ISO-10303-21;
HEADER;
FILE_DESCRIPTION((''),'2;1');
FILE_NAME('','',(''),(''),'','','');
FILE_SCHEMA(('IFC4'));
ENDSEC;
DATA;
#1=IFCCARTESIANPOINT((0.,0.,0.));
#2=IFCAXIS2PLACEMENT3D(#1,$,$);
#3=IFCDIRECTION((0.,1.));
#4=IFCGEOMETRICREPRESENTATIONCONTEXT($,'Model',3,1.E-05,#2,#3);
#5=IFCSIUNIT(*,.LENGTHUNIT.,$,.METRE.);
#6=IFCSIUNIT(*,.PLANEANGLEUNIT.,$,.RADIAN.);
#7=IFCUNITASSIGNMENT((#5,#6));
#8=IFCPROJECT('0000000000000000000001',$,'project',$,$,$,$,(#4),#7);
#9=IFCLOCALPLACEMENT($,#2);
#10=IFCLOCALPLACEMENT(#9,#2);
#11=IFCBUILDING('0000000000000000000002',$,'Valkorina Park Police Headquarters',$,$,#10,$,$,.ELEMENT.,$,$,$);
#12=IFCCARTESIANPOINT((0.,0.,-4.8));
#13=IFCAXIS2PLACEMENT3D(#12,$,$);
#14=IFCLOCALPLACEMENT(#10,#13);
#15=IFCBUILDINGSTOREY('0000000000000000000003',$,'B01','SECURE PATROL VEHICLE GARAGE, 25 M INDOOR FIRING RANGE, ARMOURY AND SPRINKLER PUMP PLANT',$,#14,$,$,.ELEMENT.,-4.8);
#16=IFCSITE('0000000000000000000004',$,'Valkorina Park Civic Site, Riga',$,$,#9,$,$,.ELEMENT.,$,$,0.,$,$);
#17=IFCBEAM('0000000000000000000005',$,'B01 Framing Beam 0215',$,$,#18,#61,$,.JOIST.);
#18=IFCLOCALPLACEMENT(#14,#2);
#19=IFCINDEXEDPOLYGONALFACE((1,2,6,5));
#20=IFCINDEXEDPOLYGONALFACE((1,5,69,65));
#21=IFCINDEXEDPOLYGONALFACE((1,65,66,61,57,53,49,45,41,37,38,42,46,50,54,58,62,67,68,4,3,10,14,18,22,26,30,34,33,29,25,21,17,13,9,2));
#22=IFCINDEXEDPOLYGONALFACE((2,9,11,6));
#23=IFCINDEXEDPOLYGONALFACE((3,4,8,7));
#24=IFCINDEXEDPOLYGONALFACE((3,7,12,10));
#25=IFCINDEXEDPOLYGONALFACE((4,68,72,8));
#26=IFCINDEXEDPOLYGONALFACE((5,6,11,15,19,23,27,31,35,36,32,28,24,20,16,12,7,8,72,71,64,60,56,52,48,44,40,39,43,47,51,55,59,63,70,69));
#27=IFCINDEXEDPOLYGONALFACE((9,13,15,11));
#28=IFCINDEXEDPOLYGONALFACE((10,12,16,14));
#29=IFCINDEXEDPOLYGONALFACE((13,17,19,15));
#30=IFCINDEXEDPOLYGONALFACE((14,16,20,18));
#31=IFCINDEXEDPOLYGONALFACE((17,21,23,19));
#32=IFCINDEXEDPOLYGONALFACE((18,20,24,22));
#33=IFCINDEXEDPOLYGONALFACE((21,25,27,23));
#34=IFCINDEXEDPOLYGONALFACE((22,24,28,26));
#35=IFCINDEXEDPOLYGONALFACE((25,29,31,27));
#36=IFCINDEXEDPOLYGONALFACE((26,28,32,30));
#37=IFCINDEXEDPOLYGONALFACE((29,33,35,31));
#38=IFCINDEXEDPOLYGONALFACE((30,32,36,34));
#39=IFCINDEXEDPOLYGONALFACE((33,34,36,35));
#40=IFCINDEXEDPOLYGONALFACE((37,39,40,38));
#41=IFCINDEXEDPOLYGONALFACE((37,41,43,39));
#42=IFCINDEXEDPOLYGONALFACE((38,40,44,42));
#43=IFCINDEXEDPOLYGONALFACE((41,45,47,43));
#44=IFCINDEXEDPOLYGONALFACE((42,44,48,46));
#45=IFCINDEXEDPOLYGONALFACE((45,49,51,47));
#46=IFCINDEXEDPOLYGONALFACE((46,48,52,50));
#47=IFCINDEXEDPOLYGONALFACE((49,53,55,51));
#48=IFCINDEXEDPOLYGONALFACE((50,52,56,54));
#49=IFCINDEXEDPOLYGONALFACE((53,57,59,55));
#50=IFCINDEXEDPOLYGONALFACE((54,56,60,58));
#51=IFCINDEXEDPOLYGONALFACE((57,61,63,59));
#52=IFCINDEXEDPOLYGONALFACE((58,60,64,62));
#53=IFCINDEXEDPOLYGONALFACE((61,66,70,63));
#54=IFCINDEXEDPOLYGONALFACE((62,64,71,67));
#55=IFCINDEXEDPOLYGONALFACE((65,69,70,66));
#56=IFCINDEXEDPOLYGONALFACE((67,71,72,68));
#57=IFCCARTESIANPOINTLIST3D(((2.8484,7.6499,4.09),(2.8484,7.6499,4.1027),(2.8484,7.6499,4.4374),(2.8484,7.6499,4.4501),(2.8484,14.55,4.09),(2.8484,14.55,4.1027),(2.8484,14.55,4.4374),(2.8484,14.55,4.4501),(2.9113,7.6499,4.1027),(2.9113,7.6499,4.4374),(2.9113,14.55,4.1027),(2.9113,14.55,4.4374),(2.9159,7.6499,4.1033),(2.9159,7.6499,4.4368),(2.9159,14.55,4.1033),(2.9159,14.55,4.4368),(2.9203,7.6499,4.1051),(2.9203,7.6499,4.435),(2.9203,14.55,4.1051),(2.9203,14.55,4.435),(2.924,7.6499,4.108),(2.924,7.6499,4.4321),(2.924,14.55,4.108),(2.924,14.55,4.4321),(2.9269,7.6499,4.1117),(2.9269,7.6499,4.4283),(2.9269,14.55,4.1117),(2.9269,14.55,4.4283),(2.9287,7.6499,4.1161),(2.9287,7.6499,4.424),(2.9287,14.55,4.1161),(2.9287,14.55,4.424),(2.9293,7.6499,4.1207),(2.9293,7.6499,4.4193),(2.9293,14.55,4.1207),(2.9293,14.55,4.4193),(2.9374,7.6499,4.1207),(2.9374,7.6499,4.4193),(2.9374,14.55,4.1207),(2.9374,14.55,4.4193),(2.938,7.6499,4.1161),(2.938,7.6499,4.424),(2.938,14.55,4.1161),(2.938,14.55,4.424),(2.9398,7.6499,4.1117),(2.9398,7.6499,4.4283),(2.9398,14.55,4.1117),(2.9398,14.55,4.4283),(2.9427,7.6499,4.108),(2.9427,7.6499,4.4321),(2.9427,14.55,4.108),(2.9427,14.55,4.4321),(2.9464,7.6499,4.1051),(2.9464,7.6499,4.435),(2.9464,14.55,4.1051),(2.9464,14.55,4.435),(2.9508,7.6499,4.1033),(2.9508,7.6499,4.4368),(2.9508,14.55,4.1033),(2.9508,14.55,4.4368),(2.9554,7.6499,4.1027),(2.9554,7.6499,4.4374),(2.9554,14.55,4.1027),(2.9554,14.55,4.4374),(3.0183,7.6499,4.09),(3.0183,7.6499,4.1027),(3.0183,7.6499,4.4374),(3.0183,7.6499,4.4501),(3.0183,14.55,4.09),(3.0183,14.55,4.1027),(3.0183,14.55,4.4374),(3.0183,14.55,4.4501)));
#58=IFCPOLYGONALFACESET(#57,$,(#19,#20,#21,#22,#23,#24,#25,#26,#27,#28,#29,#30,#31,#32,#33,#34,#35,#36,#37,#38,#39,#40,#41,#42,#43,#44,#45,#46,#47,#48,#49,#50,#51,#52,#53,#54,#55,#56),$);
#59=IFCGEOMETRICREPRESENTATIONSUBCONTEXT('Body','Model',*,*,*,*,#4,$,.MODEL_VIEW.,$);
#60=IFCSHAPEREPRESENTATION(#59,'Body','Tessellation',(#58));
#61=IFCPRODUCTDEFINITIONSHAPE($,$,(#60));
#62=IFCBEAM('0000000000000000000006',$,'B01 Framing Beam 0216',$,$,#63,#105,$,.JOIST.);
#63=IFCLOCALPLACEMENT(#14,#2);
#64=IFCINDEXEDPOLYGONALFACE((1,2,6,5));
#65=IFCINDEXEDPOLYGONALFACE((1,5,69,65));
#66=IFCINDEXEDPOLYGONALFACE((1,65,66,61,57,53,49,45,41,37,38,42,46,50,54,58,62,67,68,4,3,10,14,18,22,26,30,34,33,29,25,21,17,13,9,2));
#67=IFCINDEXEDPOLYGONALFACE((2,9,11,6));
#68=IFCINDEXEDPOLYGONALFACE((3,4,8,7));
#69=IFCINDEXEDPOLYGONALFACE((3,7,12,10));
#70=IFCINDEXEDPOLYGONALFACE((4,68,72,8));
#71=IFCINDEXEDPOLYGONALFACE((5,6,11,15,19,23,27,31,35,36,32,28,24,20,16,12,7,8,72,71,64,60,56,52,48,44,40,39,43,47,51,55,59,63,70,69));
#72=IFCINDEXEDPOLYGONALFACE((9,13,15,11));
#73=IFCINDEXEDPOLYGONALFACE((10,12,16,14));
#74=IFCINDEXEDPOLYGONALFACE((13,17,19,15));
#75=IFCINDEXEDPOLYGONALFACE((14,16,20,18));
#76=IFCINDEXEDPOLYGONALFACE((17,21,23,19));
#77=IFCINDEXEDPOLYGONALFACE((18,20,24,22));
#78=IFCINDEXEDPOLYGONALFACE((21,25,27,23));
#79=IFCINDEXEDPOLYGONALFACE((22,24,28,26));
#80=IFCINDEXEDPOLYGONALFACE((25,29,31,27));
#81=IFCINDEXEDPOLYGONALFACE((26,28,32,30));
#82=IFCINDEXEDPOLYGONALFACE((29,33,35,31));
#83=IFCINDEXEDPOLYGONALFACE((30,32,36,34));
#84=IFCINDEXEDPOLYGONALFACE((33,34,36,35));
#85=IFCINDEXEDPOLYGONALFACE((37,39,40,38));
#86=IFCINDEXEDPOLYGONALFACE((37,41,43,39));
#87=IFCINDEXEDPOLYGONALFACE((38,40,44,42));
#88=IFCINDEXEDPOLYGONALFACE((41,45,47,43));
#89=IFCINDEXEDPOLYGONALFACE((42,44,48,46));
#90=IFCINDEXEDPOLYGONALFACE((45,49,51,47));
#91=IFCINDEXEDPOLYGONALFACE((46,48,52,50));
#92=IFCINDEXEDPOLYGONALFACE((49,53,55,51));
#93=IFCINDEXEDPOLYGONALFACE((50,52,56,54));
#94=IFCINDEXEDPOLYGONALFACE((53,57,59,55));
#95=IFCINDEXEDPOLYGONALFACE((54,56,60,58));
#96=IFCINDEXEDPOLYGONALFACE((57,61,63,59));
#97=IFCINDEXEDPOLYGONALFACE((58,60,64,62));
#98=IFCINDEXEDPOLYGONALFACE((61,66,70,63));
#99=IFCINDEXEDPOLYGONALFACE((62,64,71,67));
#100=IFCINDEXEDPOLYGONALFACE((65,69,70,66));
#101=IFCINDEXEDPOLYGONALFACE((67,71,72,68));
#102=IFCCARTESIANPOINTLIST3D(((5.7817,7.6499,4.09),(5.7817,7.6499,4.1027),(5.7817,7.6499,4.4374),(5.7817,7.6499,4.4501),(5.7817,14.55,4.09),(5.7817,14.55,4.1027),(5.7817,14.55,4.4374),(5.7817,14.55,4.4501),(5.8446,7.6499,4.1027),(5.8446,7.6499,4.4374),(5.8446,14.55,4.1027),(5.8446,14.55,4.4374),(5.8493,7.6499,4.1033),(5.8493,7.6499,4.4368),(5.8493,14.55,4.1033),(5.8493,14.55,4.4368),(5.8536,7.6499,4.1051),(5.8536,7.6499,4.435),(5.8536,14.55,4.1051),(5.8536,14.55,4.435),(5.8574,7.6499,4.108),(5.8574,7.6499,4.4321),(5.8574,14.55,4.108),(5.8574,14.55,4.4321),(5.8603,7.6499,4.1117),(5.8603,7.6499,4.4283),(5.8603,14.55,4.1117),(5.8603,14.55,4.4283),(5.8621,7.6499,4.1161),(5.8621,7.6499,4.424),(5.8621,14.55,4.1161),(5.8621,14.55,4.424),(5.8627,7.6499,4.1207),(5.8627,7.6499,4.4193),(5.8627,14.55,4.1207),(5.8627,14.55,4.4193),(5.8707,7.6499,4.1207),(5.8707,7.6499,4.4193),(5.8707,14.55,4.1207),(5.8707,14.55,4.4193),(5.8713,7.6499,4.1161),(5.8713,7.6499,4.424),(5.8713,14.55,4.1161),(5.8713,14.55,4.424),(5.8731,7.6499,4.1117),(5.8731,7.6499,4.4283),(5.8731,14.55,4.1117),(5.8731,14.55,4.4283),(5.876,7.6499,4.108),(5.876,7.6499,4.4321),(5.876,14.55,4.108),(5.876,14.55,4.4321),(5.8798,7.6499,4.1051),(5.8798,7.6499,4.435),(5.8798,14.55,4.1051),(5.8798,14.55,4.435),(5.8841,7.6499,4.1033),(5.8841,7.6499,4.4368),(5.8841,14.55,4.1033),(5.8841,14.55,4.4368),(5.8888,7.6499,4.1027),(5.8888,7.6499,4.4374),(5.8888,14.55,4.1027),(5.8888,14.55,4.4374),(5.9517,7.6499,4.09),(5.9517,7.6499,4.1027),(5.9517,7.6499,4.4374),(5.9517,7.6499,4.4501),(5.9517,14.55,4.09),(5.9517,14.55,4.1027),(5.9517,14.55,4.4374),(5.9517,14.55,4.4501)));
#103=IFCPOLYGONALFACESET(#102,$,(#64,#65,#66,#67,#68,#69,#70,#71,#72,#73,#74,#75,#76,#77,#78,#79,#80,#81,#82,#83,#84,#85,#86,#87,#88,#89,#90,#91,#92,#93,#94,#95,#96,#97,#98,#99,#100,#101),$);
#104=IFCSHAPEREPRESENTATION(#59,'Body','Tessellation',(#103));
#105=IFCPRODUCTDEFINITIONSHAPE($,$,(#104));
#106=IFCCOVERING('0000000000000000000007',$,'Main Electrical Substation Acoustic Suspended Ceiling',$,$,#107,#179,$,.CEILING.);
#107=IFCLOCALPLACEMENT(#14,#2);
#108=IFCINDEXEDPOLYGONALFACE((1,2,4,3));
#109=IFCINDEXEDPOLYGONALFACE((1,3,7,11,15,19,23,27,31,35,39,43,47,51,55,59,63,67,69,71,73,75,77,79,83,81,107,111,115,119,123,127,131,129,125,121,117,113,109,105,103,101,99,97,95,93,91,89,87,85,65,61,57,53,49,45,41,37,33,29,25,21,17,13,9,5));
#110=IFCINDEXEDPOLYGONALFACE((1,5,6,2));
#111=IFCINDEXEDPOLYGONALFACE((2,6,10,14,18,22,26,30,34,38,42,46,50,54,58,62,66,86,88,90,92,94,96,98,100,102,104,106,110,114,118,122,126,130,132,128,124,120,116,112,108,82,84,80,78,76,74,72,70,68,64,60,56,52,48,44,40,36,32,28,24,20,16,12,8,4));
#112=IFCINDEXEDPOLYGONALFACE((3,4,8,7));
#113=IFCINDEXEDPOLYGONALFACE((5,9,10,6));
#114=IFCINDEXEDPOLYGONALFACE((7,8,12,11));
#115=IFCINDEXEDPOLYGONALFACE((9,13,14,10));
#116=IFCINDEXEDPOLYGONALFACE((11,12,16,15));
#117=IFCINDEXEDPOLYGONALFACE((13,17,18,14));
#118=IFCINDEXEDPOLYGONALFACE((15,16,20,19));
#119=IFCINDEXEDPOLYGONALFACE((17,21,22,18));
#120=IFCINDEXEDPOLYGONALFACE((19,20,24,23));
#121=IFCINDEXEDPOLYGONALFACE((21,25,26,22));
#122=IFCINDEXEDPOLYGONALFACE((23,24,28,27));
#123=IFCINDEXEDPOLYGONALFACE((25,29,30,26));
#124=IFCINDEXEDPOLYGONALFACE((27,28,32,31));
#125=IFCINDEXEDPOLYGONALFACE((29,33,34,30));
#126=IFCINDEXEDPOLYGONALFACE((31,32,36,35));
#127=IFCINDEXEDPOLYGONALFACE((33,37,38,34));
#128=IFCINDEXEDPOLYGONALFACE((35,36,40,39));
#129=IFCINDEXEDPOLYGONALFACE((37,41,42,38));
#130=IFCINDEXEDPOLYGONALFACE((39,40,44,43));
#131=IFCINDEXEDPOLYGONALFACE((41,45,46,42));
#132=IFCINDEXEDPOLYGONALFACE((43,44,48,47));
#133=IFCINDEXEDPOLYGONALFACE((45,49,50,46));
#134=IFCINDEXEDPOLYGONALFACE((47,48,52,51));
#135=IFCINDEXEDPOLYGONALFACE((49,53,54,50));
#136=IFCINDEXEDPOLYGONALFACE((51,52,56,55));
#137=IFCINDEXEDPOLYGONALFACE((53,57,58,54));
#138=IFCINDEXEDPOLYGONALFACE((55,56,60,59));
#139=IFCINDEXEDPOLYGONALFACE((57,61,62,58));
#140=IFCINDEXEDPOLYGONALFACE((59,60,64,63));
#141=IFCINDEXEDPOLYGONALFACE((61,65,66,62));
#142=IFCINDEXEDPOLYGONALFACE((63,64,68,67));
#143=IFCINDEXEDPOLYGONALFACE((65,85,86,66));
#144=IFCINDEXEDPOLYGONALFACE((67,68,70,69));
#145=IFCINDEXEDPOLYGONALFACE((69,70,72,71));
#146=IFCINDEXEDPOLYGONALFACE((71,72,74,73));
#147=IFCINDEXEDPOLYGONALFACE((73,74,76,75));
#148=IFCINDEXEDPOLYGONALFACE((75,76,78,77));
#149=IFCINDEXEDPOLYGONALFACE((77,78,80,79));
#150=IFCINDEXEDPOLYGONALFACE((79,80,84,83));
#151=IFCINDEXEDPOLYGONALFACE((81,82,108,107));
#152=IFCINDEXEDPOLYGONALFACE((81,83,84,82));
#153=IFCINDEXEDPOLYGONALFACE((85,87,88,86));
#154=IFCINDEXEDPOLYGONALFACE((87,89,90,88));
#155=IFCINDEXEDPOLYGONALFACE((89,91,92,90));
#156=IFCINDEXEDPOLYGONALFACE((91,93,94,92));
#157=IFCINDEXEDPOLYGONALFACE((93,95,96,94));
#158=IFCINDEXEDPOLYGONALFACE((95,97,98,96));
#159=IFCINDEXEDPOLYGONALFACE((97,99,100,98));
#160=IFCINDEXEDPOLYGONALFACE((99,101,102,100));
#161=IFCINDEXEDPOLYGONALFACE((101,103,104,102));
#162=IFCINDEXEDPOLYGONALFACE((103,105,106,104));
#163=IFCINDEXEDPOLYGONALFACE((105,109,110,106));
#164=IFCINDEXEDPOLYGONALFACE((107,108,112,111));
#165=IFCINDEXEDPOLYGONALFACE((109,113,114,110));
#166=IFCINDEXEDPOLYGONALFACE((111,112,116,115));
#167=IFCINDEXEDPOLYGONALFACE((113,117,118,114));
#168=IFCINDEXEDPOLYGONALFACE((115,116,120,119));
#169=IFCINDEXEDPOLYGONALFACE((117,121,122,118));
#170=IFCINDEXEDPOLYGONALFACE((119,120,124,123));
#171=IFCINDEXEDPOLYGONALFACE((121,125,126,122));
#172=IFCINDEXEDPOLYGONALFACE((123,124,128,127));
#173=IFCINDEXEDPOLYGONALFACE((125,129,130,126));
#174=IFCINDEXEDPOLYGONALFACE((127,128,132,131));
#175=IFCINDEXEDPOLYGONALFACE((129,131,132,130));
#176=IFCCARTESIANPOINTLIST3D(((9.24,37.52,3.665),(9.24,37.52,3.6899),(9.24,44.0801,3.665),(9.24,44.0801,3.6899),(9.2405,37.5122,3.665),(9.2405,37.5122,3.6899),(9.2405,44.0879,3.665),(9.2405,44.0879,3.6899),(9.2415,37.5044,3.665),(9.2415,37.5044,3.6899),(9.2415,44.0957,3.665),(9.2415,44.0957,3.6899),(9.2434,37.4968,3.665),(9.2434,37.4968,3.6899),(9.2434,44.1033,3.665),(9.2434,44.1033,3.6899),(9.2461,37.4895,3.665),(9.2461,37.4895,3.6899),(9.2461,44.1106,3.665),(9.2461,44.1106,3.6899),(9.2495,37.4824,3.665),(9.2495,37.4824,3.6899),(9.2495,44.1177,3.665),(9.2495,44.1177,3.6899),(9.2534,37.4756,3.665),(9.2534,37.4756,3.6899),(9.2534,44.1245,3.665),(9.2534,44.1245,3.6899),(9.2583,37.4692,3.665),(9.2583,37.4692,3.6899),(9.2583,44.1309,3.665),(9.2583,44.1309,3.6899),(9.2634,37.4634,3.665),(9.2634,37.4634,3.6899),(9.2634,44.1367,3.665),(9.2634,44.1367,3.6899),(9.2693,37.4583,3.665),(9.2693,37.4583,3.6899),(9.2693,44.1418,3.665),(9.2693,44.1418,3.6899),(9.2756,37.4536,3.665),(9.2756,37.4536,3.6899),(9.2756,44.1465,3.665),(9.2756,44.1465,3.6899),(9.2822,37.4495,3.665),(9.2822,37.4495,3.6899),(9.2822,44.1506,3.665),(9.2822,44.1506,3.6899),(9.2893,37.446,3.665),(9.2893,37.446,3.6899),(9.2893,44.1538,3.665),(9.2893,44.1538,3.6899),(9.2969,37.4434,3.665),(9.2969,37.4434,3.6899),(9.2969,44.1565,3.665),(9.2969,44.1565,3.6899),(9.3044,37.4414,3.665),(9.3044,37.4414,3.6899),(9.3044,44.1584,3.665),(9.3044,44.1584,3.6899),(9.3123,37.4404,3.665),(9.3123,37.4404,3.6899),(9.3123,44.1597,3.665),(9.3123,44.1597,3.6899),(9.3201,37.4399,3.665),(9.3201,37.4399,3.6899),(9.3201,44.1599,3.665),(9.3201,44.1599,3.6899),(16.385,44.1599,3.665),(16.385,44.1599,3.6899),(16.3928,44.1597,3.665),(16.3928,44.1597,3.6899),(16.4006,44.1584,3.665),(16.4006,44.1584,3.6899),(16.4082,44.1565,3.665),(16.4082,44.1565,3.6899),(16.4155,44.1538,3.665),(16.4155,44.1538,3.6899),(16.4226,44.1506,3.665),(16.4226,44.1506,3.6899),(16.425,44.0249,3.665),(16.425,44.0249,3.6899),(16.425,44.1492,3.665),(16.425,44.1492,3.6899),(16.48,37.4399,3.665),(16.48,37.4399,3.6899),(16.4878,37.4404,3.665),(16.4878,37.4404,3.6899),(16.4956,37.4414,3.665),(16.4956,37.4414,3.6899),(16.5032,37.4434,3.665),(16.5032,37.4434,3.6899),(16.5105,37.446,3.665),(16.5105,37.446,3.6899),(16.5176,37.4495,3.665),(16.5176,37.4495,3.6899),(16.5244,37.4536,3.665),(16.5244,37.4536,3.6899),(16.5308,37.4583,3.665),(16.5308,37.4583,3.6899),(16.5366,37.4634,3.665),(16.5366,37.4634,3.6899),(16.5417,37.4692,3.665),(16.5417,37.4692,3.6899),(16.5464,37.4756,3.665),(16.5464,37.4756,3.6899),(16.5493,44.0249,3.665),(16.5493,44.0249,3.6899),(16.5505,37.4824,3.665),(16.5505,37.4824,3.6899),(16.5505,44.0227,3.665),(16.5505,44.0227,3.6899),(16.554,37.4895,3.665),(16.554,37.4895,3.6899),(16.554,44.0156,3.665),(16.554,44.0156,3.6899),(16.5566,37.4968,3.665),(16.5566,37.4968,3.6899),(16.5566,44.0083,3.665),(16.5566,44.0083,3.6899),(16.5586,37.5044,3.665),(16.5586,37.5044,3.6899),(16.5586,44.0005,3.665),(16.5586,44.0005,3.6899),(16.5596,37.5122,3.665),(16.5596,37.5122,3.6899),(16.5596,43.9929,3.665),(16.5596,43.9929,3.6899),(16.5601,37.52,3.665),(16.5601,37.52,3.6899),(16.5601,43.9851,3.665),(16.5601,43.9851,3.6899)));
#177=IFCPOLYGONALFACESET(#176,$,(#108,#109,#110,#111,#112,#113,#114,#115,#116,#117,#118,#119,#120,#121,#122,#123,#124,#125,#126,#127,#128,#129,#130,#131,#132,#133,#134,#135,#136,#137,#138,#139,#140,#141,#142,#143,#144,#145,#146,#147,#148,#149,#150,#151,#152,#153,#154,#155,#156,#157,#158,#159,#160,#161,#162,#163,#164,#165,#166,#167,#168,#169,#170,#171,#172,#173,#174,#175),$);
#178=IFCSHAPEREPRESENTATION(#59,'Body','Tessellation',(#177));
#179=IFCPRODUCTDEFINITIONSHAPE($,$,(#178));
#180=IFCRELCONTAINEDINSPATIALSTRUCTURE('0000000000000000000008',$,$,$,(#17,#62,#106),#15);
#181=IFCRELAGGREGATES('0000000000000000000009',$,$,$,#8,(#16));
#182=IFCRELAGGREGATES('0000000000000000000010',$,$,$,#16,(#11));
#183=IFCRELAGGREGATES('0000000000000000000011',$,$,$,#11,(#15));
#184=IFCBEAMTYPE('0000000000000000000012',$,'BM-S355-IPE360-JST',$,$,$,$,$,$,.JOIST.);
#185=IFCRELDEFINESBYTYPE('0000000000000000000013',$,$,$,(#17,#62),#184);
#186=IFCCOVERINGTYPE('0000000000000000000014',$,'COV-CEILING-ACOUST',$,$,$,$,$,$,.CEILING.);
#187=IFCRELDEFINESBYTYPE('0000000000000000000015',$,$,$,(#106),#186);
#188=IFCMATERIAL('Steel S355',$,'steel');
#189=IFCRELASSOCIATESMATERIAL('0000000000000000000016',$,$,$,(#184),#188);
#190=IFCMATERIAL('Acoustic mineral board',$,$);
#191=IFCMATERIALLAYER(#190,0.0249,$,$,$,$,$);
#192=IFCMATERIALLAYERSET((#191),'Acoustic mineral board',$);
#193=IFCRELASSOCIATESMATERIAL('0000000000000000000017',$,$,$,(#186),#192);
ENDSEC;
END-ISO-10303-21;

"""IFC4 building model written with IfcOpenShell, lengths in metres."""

from ifc_helpers import new_model, si_unit, direction, frame, origin, origin_2d, place, context, subcontext, project, spatial, polyline, i_section, outline, extrude, material, layer, layer_set, material_profile, profile_set, type_object, element, save


model = new_model("IFC4")

# Units and contexts
model_context = context("Model", 3, precision=1e-05, world=origin(), true_north=direction((0.0, 1.0)))
body_context = subcontext(model_context, "Body", "Model", "MODEL_VIEW")
ifc_project = project(units=[si_unit("LENGTHUNIT", "METRE"), si_unit("PLANEANGLEUNIT", "RADIAN")], contexts=[model_context])

# Site, building, storey
site_placement = place(None, origin())
site = spatial("IfcSite", under=ifc_project, at=site_placement, Name="Valkorina Park Civic Site, Riga", CompositionType="ELEMENT", RefElevation=0.0)
building_placement = place(site_placement, origin())
building = spatial("IfcBuilding", under=site, at=building_placement, Name="Valkorina Park Police Headquarters", CompositionType="ELEMENT")
storey_placement = place(building_placement, frame((0.0, 0.0, -4.8)))
storey = spatial("IfcBuildingStorey", under=building, at=storey_placement, Name="B01", Description="SECURE PATROL VEHICLE GARAGE, 25 M INDOOR FIRING RANGE, ARMOURY AND SPRINKLER PUMP PLANT", CompositionType="ELEMENT", Elevation=-4.8)

# Beams
ifc_material_1 = material(Name="Steel S355", Category="steel")
ifc_material_profile_1 = material_profile(ifc_material_1, i_section(OverallWidth=0.1699, OverallDepth=0.3601, WebThickness=0.0081, FlangeThickness=0.0127, FilletRadius=0.0181, at=origin_2d()), Name="IPE 360")
ifc_profile_set_1 = profile_set([ifc_material_profile_1], Name="Steel S355")
beam_type_1 = type_object("IfcBeamType", Name="BM-S355-IPE360-JST", PredefinedType="JOIST", material=ifc_profile_set_1)
for number, where, z_axis, x_axis, name in (
    (1, (2.9333, 7.6499, 4.27), (0.0, 1.0, 0.0), (-1.0, 0.0, 0.0), "B01 Framing Beam 0215"),
    (2, (5.8667, 7.6499, 4.27), (0.0, 1.0, 0.0), (-1.0, 0.0, 0.0), "B01 Framing Beam 0216"),
):
    element("IfcBeam", number, at=place(storey_placement, frame(where, z_axis=z_axis, x_axis=x_axis)), inside=storey, type_object=beam_type_1, Name=name, PredefinedType="JOIST", context=body_context, shape_type="SweptSolid", body=[
        extrude(i_section(OverallWidth=0.1699, OverallDepth=0.3601, WebThickness=0.0081, FlangeThickness=0.0127, FilletRadius=0.0181, at=origin_2d()), origin(), (0.0, 0.0, 1.0), 6.9001),
    ])

# Covering
ifc_material_2 = material(Name="Acoustic mineral board")
ifc_layer_1 = layer(ifc_material_2, 0.0249)
ifc_layer_set_1 = layer_set([ifc_layer_1], Name="Acoustic mineral board")
covering_type_1 = type_object("IfcCoveringType", Name="COV-CEILING-ACOUST", PredefinedType="CEILING", material=ifc_layer_set_1)
covering_1_placement = place(storey_placement, frame((0.0, 0.0, 3.665)))
element("IfcCovering", 3, at=covering_1_placement, inside=storey, type_object=covering_type_1, Name="Main Electrical Substation Acoustic Suspended Ceiling", PredefinedType="CEILING", context=body_context, shape_type="SweptSolid", body=[
    extrude(outline(polyline([(16.5586, 37.5044), (16.5596, 37.5122), (16.5601, 37.52), (16.5601, 43.9851), (16.5596, 43.9929), (16.5586, 44.0005), (16.5566, 44.0083), (16.554, 44.0156), (16.5505, 44.0227), (16.5493, 44.0249), (16.425, 44.0249), (16.425, 44.1492), (16.4226, 44.1506), (16.4155, 44.1538), (16.4082, 44.1565), (16.4006, 44.1584), (16.3928, 44.1597), (16.385, 44.1599), (9.3201, 44.1599), (9.3123, 44.1597), (9.3044, 44.1584), (9.2969, 44.1565), (9.2893, 44.1538), (9.2822, 44.1506), (9.2756, 44.1465), (9.2693, 44.1418), (9.2634, 44.1367), (9.2583, 44.1309), (9.2534, 44.1245), (9.2495, 44.1177), (9.2461, 44.1106), (9.2434, 44.1033), (9.2415, 44.0957), (9.2405, 44.0879), (9.24, 44.0801), (9.24, 37.52), (9.2405, 37.5122), (9.2415, 37.5044), (9.2434, 37.4968), (9.2461, 37.4895), (9.2495, 37.4824), (9.2534, 37.4756), (9.2583, 37.4692), (9.2634, 37.4634), (9.2693, 37.4583), (9.2756, 37.4536), (9.2822, 37.4495), (9.2893, 37.446), (9.2969, 37.4434), (9.3044, 37.4414), (9.3123, 37.4404), (9.3201, 37.4399), (16.48, 37.4399), (16.4878, 37.4404), (16.4956, 37.4414), (16.5032, 37.4434), (16.5105, 37.446), (16.5176, 37.4495), (16.5244, 37.4536), (16.5308, 37.4583), (16.5366, 37.4634), (16.5417, 37.4692), (16.5464, 37.4756), (16.5505, 37.4824), (16.554, 37.4895), (16.5566, 37.4968), (16.5586, 37.5044)])), origin(), (0.0, 0.0, 1.0), 0.0249),
])

save(model, "model.ifc")
